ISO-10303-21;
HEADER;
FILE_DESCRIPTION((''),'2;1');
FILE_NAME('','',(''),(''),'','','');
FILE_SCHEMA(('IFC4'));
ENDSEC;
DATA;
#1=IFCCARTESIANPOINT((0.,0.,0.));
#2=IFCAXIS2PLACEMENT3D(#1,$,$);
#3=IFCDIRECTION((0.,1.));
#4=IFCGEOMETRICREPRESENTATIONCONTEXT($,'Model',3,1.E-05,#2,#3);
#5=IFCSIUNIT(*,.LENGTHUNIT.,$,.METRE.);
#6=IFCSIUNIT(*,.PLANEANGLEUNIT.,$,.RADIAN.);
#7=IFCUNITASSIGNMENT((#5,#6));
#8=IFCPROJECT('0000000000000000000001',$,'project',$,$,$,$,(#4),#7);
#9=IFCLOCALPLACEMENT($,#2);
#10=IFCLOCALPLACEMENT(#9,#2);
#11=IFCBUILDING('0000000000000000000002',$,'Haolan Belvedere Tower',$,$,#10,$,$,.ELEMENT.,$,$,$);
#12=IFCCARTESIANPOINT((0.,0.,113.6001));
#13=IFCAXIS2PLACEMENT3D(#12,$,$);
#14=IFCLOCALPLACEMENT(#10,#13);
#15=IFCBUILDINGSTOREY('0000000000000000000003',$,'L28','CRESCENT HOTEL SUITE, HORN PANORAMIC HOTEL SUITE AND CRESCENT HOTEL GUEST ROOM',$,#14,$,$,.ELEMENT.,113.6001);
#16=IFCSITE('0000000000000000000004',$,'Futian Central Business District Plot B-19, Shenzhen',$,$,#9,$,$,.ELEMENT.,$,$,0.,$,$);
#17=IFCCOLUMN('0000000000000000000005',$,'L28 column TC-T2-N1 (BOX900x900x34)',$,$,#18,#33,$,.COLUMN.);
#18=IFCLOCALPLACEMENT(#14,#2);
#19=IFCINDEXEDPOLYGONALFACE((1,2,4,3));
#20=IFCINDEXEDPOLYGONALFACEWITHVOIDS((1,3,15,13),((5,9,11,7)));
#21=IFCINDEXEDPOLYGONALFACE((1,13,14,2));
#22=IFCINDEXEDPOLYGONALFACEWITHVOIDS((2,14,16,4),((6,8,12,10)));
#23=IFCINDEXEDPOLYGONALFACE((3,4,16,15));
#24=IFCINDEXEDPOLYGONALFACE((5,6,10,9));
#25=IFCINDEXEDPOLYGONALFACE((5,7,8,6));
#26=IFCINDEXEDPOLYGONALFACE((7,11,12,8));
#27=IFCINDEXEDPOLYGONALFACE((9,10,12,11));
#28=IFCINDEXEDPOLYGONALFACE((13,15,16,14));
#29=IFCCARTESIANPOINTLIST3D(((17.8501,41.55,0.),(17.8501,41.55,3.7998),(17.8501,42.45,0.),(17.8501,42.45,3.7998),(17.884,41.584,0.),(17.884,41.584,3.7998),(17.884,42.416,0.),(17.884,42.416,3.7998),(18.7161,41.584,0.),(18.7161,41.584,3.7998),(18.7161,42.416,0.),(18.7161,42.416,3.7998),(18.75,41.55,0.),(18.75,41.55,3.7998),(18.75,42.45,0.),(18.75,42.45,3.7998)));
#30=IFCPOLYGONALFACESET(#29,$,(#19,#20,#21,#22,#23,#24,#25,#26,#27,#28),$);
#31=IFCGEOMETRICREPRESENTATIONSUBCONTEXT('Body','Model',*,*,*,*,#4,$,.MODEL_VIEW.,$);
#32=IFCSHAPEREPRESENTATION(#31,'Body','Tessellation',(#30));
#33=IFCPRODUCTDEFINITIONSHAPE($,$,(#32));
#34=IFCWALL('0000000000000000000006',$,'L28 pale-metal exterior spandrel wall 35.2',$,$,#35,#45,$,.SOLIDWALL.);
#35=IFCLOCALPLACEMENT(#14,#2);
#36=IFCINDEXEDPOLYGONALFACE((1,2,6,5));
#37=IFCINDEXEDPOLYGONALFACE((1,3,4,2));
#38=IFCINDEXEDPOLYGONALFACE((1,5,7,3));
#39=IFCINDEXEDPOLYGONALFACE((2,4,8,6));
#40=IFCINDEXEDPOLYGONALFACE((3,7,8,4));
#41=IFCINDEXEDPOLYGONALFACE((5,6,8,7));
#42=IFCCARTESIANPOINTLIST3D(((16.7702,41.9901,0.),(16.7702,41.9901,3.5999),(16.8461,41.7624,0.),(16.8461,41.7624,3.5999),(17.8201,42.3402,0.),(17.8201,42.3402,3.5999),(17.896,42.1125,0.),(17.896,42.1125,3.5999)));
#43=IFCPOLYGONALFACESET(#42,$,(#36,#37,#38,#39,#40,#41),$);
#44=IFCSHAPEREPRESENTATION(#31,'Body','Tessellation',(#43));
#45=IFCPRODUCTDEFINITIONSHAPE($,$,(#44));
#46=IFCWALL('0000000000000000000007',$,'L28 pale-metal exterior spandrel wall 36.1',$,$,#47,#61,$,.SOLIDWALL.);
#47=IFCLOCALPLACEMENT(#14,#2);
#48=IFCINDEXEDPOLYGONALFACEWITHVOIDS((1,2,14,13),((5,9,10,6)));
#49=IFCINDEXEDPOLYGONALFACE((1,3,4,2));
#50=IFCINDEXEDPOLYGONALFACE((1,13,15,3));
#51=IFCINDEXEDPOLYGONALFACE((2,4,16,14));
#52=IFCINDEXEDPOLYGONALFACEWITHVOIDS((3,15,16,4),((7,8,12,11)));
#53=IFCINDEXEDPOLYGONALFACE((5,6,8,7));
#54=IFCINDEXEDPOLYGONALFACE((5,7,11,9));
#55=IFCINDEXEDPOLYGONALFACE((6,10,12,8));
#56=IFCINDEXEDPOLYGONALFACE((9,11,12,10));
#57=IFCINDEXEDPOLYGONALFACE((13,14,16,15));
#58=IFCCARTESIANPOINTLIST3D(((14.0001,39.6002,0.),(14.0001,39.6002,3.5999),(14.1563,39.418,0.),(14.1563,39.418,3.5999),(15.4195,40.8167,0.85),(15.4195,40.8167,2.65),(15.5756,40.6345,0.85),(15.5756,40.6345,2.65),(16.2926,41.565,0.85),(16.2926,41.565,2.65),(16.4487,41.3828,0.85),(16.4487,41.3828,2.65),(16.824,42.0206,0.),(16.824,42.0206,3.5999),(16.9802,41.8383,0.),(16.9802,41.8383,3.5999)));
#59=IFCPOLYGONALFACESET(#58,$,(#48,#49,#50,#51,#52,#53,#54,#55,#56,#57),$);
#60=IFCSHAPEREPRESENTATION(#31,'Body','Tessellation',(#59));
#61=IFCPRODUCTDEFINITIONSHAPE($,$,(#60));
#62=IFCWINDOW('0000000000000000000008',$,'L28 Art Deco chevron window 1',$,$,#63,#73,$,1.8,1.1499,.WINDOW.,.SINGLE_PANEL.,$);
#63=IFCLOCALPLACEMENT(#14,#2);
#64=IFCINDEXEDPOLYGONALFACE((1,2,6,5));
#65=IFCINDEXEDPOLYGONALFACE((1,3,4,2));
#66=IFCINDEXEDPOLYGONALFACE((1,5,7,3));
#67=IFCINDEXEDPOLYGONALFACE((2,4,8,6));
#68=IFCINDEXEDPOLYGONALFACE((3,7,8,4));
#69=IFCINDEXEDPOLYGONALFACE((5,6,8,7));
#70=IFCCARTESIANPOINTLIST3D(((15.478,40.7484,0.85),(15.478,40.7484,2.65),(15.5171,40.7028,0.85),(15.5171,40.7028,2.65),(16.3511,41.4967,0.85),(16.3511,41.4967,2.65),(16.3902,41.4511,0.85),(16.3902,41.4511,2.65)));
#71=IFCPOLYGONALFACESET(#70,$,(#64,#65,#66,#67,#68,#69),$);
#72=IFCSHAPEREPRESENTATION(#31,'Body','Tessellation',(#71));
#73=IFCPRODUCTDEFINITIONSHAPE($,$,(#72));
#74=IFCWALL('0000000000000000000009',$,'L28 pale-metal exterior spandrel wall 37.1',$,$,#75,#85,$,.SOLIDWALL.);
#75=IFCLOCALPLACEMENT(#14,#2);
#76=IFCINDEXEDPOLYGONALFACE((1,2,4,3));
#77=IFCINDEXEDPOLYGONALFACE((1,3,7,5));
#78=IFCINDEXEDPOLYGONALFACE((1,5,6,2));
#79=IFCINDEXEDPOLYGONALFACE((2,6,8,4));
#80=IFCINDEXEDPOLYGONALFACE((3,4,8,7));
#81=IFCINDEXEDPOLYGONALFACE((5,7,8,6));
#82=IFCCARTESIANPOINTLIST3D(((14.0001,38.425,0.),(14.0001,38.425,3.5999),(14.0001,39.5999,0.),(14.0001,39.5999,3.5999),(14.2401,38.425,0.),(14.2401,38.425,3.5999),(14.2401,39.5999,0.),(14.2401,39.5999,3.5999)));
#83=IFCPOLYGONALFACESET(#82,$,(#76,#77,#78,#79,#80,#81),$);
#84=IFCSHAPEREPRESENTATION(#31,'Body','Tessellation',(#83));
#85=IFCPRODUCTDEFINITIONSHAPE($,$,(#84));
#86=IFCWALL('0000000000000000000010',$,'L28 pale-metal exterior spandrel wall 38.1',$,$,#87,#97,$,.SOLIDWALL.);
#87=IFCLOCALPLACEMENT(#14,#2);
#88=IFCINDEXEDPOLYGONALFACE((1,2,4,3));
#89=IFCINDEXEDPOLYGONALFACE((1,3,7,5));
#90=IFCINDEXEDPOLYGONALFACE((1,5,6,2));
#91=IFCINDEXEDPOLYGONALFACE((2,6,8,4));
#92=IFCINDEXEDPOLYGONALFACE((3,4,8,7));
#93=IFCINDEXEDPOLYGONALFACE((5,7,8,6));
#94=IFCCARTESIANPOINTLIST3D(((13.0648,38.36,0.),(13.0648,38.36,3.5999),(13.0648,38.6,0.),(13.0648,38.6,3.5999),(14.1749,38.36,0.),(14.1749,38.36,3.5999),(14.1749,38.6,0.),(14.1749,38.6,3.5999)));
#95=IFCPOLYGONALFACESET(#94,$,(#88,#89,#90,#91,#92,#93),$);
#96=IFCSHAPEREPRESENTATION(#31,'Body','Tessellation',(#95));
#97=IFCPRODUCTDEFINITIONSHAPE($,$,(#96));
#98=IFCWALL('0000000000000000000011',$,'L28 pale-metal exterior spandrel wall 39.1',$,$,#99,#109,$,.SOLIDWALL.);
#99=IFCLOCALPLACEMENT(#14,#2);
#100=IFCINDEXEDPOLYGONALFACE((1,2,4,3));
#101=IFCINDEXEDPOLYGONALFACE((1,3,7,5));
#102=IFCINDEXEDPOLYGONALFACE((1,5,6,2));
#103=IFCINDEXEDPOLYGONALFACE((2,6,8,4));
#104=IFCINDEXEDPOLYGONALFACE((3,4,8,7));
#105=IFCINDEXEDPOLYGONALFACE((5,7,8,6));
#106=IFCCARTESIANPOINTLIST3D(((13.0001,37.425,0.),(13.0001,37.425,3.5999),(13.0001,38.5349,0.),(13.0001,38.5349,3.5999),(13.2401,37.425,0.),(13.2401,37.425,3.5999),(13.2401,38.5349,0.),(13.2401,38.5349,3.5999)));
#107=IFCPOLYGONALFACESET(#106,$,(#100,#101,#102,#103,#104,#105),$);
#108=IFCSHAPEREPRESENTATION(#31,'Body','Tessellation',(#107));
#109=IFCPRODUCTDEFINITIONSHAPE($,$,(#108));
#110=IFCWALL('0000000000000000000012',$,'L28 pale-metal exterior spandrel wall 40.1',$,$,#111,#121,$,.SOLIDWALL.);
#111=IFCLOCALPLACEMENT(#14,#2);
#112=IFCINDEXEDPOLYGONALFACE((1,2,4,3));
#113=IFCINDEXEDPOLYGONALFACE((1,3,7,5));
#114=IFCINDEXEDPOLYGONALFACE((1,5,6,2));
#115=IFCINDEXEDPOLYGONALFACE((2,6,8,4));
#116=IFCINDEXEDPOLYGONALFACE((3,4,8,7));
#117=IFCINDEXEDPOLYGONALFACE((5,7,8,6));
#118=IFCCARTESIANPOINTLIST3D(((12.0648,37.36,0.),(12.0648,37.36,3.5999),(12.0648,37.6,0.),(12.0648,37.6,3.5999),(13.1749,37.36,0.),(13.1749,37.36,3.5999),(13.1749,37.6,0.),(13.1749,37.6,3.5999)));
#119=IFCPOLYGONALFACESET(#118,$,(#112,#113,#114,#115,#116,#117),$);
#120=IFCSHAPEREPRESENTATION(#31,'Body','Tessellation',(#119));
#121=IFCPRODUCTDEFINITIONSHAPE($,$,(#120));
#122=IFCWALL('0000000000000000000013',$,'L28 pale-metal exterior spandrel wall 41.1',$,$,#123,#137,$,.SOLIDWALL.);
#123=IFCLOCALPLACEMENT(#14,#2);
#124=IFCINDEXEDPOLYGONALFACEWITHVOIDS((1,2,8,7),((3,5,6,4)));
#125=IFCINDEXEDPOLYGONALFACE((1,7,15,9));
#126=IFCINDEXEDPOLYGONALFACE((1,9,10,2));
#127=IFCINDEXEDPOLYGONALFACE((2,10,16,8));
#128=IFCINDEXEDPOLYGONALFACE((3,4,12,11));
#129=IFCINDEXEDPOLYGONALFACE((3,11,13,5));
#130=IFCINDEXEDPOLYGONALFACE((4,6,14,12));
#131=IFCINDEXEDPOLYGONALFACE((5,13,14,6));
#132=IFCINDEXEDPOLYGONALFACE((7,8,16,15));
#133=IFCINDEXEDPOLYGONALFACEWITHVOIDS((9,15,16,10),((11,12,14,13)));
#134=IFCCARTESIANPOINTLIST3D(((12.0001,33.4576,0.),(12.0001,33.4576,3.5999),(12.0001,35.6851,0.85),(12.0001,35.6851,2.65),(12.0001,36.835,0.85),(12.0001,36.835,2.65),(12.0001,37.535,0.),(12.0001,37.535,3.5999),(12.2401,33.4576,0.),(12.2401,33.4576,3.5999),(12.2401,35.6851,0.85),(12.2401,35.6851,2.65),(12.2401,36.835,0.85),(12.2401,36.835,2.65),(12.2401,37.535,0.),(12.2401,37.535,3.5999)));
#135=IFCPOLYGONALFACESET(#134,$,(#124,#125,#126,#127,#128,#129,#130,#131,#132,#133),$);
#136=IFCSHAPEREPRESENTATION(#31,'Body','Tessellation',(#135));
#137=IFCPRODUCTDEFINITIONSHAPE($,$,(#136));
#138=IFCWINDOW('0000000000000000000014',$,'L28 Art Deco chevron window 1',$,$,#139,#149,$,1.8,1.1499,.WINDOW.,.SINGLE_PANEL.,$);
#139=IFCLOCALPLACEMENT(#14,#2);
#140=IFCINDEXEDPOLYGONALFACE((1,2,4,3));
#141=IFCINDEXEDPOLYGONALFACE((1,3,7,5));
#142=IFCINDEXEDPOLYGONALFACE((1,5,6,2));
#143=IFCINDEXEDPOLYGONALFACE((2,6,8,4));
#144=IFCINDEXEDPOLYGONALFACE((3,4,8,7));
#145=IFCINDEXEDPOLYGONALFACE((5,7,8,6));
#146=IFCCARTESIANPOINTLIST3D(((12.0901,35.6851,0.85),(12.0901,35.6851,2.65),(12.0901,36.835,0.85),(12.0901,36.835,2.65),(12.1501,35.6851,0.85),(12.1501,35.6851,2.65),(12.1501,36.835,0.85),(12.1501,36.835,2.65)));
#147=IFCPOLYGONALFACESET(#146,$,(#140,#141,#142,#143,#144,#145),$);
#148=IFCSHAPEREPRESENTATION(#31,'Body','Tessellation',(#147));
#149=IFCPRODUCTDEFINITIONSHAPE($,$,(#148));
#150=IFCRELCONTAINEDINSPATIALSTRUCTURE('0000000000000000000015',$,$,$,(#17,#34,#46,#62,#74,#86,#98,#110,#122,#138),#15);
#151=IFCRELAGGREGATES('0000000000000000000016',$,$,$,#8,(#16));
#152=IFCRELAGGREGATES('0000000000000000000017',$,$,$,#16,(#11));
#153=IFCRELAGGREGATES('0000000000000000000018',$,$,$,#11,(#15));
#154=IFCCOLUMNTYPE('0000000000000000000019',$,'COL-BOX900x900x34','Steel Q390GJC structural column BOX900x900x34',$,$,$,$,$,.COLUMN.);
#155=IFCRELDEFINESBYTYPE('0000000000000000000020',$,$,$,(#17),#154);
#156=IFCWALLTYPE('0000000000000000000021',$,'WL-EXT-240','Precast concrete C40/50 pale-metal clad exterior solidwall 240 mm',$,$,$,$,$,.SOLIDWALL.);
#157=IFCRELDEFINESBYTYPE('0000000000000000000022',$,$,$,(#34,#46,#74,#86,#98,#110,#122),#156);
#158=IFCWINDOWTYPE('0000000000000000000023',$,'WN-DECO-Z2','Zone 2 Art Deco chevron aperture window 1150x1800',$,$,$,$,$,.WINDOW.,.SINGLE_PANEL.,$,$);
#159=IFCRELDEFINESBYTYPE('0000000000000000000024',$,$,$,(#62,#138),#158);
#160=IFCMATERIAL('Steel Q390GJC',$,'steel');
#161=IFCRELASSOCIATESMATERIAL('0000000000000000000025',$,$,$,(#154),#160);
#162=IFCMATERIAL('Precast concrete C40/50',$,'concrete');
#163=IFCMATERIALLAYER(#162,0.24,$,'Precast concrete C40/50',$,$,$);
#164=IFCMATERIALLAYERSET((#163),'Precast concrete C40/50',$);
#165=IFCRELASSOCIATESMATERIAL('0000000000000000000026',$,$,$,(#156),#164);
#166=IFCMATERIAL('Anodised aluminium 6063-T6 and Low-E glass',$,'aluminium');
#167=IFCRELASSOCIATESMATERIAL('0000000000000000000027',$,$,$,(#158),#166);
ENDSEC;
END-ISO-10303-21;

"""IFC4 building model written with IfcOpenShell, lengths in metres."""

from ifc_helpers import new_model, si_unit, direction, frame, frame_2d, origin, origin_2d, place, context, subcontext, project, spatial, rectangle, hollow_rectangle, extrude, material, layer, layer_set, material_profile, profile_set, type_object, element, fill, save


model = new_model("IFC4")

# Units and contexts
model_context = context("Model", 3, precision=1e-05, world=origin(), true_north=direction((0.0, 1.0)))
body_context = subcontext(model_context, "Body", "Model", "MODEL_VIEW")
ifc_project = project(units=[si_unit("LENGTHUNIT", "METRE"), si_unit("PLANEANGLEUNIT", "RADIAN")], contexts=[model_context])

# Site, building, storey
site_placement = place(None, origin())
site = spatial("IfcSite", under=ifc_project, at=site_placement, Name="Futian Central Business District Plot B-19, Shenzhen", CompositionType="ELEMENT", RefElevation=0.0)
building_placement = place(site_placement, origin())
building = spatial("IfcBuilding", under=site, at=building_placement, Name="Haolan Belvedere Tower", CompositionType="ELEMENT")
storey_placement = place(building_placement, frame((0.0, 0.0, 113.6001)))
storey = spatial("IfcBuildingStorey", under=building, at=storey_placement, Name="L28", Description="CRESCENT HOTEL SUITE, HORN PANORAMIC HOTEL SUITE AND CRESCENT HOTEL GUEST ROOM", CompositionType="ELEMENT", Elevation=113.6001)

# Column
ifc_material_1 = material(Name="Steel Q390GJC", Category="steel")
ifc_material_profile = material_profile(ifc_material_1, hollow_rectangle(XDim=0.8999, YDim=0.8999, WallThickness=0.0339, at=origin_2d()), Name="Steel Q390GJC")
ifc_profile_set = profile_set([ifc_material_profile], Name="Steel Q390GJC")
column_type = type_object("IfcColumnType", Name="COL-BOX900x900x34", Description="Steel Q390GJC structural column BOX900x900x34", PredefinedType="COLUMN", material=ifc_profile_set)
column_placement = place(storey_placement, frame((18.3, 42.0, 0.0), z_axis=(0.0, 0.0, 1.0), x_axis=(1.0, 0.0, 0.0)))
element("IfcColumn", 1, at=column_placement, inside=storey, type_object=column_type, Name="L28 column TC-T2-N1 (BOX900x900x34)", PredefinedType="COLUMN", context=body_context, shape_type="SweptSolid", body=[
    extrude(hollow_rectangle(XDim=0.8999, YDim=0.8999, WallThickness=0.0339, at=origin_2d()), origin(), (0.0, 0.0, 1.0), 3.7998),
])

# Wall
ifc_material_2 = material(Name="Precast concrete C40/50", Category="concrete")
ifc_layer_1 = layer(ifc_material_2, 0.24, Name="Precast concrete C40/50")
ifc_layer_set_1 = layer_set([ifc_layer_1], Name="Precast concrete C40/50")
wall_type_1 = type_object("IfcWallType", Name="WL-EXT-240", Description="Precast concrete C40/50 pale-metal clad exterior solidwall 240 mm", PredefinedType="SOLIDWALL", material=ifc_layer_set_1)
wall_1_placement = place(storey_placement, frame((17.8579, 42.2263, 0.0), z_axis=(0.0, 0.0, 1.0), x_axis=(-0.948639, -0.31636, 0.0)))
element("IfcWall", 2, at=wall_1_placement, inside=storey, type_object=wall_type_1, Name="L28 pale-metal exterior spandrel wall 35.2", PredefinedType="SOLIDWALL", context=body_context, shape_type="SweptSolid", body=[
    extrude(rectangle(XDim=1.1067, YDim=0.24, at=frame_2d((0.5532, 0.0))), origin(), (0.0, 0.0, 1.0), 3.5999),
])

# Wall, opening, window
wall_2_placement = place(storey_placement, frame((16.9021, 41.9294, 0.0), z_axis=(0.0, 0.0, 1.0), x_axis=(-0.759275, -0.65077, 0.0)))
wall_2 = element("IfcWall", 3, at=wall_2_placement, inside=storey, type_object=wall_type_1, Name="L28 pale-metal exterior spandrel wall 36.1", PredefinedType="SOLIDWALL", context=body_context, shape_type="SweptSolid", body=[
    extrude(rectangle(XDim=3.7192, YDim=0.24, at=frame_2d((1.8596, 0.0))), origin(), (0.0, 0.0, 1.0), 3.5999),
])
opening_1_placement = place(wall_2_placement, frame((0.7, 0.0, 0.8501)))
opening_1 = element("IfcOpeningElement", 4, at=opening_1_placement, cuts=wall_2, PredefinedType="OPENING", context=body_context, shape_type="SweptSolid", body=[
    extrude(rectangle(XDim=1.1499, YDim=1.8, at=frame_2d((0.575, 0.8999))), frame((0.0, 0.1299, 0.0), z_axis=(0.0, -1.0, 0.0), x_axis=(1.0, 0.0, 0.0)), (0.0, 0.0, 1.0), 0.26),
])
ifc_material_3 = material(Name="Anodised aluminium 6063-T6 and Low-E glass", Category="aluminium")
window_type = type_object("IfcWindowType", Name="WN-DECO-Z2", Description="Zone 2 Art Deco chevron aperture window 1150x1800", PartitioningType="SINGLE_PANEL", PredefinedType="WINDOW", material=ifc_material_3)
window_1_placement = place(opening_1_placement, origin())
window_1 = element("IfcWindow", 5, at=window_1_placement, inside=storey, type_object=window_type, Name="L28 Art Deco chevron window 1", OverallHeight=1.8, OverallWidth=1.1499, PartitioningType="SINGLE_PANEL", PredefinedType="WINDOW", context=body_context, shape_type="SweptSolid", body=[
    extrude(rectangle(XDim=1.1499, YDim=1.8, at=frame_2d((0.575, 0.8999))), frame((0.0, 0.03, 0.0), z_axis=(0.0, -1.0, 0.0), x_axis=(1.0, 0.0, 0.0)), (0.0, 0.0, 1.0), 0.0601),
])
fill(opening_1, window_1)

# Walls
wall_3_placement = place(storey_placement, frame((14.1201, 39.5999, 0.0), z_axis=(0.0, 0.0, 1.0), x_axis=(0.0, -1.0, 0.0)))
element("IfcWall", 6, at=wall_3_placement, inside=storey, type_object=wall_type_1, Name="L28 pale-metal exterior spandrel wall 37.1", PredefinedType="SOLIDWALL", context=body_context, shape_type="SweptSolid", body=[
    extrude(rectangle(XDim=1.1748, YDim=0.24, at=frame_2d((0.5874, 0.0))), origin(), (0.0, 0.0, 1.0), 3.5999),
])
wall_4_placement = place(storey_placement, frame((14.175, 38.48, 0.0), z_axis=(0.0, 0.0, 1.0), x_axis=(-1.0, 0.0, 0.0)))
element("IfcWall", 7, at=wall_4_placement, inside=storey, type_object=wall_type_1, Name="L28 pale-metal exterior spandrel wall 38.1", PredefinedType="SOLIDWALL", context=body_context, shape_type="SweptSolid", body=[
    extrude(rectangle(XDim=1.1101, YDim=0.24, at=frame_2d((0.5552, 0.0))), origin(), (0.0, 0.0, 1.0), 3.5999),
])
wall_5_placement = place(storey_placement, frame((13.1201, 38.5349, 0.0), z_axis=(0.0, 0.0, 1.0), x_axis=(0.0, -1.0, 0.0)))
element("IfcWall", 8, at=wall_5_placement, inside=storey, type_object=wall_type_1, Name="L28 pale-metal exterior spandrel wall 39.1", PredefinedType="SOLIDWALL", context=body_context, shape_type="SweptSolid", body=[
    extrude(rectangle(XDim=1.1099, YDim=0.24, at=frame_2d((0.5549, 0.0))), origin(), (0.0, 0.0, 1.0), 3.5999),
])
wall_6_placement = place(storey_placement, frame((13.175, 37.48, 0.0), z_axis=(0.0, 0.0, 1.0), x_axis=(-1.0, 0.0, 0.0)))
element("IfcWall", 9, at=wall_6_placement, inside=storey, type_object=wall_type_1, Name="L28 pale-metal exterior spandrel wall 40.1", PredefinedType="SOLIDWALL", context=body_context, shape_type="SweptSolid", body=[
    extrude(rectangle(XDim=1.1101, YDim=0.24, at=frame_2d((0.5552, 0.0))), origin(), (0.0, 0.0, 1.0), 3.5999),
])

# Wall, opening, window
wall_7_placement = place(storey_placement, frame((12.1201, 37.5349, 0.0), z_axis=(0.0, 0.0, 1.0), x_axis=(0.0, -1.0, 0.0)))
wall_7 = element("IfcWall", 10, at=wall_7_placement, inside=storey, type_object=wall_type_1, Name="L28 pale-metal exterior spandrel wall 41.1", PredefinedType="SOLIDWALL", context=body_context, shape_type="SweptSolid", body=[
    extrude(rectangle(XDim=4.0774, YDim=0.24, at=frame_2d((2.0386, 0.0))), origin(), (0.0, 0.0, 1.0), 3.5999),
])
opening_2_placement = place(wall_7_placement, frame((0.7, 0.0, 0.8501)))
opening_2 = element("IfcOpeningElement", 11, at=opening_2_placement, cuts=wall_7, PredefinedType="OPENING", context=body_context, shape_type="SweptSolid", body=[
    extrude(rectangle(XDim=1.1499, YDim=1.8, at=frame_2d((0.575, 0.8999))), frame((0.0, 0.1299, 0.0), z_axis=(0.0, -1.0, 0.0), x_axis=(1.0, 0.0, 0.0)), (0.0, 0.0, 1.0), 0.26),
])
window_2_placement = place(opening_2_placement, origin())
window_2 = element("IfcWindow", 12, at=window_2_placement, inside=storey, type_object=window_type, Name="L28 Art Deco chevron window 1", OverallHeight=1.8, OverallWidth=1.1499, PartitioningType="SINGLE_PANEL", PredefinedType="WINDOW", context=body_context, shape_type="SweptSolid", body=[
    extrude(rectangle(XDim=1.1499, YDim=1.8, at=frame_2d((0.575, 0.8999))), frame((0.0, 0.03, 0.0), z_axis=(0.0, -1.0, 0.0), x_axis=(1.0, 0.0, 0.0)), (0.0, 0.0, 1.0), 0.0601),
])
fill(opening_2, window_2)

save(model, "model.ifc")
